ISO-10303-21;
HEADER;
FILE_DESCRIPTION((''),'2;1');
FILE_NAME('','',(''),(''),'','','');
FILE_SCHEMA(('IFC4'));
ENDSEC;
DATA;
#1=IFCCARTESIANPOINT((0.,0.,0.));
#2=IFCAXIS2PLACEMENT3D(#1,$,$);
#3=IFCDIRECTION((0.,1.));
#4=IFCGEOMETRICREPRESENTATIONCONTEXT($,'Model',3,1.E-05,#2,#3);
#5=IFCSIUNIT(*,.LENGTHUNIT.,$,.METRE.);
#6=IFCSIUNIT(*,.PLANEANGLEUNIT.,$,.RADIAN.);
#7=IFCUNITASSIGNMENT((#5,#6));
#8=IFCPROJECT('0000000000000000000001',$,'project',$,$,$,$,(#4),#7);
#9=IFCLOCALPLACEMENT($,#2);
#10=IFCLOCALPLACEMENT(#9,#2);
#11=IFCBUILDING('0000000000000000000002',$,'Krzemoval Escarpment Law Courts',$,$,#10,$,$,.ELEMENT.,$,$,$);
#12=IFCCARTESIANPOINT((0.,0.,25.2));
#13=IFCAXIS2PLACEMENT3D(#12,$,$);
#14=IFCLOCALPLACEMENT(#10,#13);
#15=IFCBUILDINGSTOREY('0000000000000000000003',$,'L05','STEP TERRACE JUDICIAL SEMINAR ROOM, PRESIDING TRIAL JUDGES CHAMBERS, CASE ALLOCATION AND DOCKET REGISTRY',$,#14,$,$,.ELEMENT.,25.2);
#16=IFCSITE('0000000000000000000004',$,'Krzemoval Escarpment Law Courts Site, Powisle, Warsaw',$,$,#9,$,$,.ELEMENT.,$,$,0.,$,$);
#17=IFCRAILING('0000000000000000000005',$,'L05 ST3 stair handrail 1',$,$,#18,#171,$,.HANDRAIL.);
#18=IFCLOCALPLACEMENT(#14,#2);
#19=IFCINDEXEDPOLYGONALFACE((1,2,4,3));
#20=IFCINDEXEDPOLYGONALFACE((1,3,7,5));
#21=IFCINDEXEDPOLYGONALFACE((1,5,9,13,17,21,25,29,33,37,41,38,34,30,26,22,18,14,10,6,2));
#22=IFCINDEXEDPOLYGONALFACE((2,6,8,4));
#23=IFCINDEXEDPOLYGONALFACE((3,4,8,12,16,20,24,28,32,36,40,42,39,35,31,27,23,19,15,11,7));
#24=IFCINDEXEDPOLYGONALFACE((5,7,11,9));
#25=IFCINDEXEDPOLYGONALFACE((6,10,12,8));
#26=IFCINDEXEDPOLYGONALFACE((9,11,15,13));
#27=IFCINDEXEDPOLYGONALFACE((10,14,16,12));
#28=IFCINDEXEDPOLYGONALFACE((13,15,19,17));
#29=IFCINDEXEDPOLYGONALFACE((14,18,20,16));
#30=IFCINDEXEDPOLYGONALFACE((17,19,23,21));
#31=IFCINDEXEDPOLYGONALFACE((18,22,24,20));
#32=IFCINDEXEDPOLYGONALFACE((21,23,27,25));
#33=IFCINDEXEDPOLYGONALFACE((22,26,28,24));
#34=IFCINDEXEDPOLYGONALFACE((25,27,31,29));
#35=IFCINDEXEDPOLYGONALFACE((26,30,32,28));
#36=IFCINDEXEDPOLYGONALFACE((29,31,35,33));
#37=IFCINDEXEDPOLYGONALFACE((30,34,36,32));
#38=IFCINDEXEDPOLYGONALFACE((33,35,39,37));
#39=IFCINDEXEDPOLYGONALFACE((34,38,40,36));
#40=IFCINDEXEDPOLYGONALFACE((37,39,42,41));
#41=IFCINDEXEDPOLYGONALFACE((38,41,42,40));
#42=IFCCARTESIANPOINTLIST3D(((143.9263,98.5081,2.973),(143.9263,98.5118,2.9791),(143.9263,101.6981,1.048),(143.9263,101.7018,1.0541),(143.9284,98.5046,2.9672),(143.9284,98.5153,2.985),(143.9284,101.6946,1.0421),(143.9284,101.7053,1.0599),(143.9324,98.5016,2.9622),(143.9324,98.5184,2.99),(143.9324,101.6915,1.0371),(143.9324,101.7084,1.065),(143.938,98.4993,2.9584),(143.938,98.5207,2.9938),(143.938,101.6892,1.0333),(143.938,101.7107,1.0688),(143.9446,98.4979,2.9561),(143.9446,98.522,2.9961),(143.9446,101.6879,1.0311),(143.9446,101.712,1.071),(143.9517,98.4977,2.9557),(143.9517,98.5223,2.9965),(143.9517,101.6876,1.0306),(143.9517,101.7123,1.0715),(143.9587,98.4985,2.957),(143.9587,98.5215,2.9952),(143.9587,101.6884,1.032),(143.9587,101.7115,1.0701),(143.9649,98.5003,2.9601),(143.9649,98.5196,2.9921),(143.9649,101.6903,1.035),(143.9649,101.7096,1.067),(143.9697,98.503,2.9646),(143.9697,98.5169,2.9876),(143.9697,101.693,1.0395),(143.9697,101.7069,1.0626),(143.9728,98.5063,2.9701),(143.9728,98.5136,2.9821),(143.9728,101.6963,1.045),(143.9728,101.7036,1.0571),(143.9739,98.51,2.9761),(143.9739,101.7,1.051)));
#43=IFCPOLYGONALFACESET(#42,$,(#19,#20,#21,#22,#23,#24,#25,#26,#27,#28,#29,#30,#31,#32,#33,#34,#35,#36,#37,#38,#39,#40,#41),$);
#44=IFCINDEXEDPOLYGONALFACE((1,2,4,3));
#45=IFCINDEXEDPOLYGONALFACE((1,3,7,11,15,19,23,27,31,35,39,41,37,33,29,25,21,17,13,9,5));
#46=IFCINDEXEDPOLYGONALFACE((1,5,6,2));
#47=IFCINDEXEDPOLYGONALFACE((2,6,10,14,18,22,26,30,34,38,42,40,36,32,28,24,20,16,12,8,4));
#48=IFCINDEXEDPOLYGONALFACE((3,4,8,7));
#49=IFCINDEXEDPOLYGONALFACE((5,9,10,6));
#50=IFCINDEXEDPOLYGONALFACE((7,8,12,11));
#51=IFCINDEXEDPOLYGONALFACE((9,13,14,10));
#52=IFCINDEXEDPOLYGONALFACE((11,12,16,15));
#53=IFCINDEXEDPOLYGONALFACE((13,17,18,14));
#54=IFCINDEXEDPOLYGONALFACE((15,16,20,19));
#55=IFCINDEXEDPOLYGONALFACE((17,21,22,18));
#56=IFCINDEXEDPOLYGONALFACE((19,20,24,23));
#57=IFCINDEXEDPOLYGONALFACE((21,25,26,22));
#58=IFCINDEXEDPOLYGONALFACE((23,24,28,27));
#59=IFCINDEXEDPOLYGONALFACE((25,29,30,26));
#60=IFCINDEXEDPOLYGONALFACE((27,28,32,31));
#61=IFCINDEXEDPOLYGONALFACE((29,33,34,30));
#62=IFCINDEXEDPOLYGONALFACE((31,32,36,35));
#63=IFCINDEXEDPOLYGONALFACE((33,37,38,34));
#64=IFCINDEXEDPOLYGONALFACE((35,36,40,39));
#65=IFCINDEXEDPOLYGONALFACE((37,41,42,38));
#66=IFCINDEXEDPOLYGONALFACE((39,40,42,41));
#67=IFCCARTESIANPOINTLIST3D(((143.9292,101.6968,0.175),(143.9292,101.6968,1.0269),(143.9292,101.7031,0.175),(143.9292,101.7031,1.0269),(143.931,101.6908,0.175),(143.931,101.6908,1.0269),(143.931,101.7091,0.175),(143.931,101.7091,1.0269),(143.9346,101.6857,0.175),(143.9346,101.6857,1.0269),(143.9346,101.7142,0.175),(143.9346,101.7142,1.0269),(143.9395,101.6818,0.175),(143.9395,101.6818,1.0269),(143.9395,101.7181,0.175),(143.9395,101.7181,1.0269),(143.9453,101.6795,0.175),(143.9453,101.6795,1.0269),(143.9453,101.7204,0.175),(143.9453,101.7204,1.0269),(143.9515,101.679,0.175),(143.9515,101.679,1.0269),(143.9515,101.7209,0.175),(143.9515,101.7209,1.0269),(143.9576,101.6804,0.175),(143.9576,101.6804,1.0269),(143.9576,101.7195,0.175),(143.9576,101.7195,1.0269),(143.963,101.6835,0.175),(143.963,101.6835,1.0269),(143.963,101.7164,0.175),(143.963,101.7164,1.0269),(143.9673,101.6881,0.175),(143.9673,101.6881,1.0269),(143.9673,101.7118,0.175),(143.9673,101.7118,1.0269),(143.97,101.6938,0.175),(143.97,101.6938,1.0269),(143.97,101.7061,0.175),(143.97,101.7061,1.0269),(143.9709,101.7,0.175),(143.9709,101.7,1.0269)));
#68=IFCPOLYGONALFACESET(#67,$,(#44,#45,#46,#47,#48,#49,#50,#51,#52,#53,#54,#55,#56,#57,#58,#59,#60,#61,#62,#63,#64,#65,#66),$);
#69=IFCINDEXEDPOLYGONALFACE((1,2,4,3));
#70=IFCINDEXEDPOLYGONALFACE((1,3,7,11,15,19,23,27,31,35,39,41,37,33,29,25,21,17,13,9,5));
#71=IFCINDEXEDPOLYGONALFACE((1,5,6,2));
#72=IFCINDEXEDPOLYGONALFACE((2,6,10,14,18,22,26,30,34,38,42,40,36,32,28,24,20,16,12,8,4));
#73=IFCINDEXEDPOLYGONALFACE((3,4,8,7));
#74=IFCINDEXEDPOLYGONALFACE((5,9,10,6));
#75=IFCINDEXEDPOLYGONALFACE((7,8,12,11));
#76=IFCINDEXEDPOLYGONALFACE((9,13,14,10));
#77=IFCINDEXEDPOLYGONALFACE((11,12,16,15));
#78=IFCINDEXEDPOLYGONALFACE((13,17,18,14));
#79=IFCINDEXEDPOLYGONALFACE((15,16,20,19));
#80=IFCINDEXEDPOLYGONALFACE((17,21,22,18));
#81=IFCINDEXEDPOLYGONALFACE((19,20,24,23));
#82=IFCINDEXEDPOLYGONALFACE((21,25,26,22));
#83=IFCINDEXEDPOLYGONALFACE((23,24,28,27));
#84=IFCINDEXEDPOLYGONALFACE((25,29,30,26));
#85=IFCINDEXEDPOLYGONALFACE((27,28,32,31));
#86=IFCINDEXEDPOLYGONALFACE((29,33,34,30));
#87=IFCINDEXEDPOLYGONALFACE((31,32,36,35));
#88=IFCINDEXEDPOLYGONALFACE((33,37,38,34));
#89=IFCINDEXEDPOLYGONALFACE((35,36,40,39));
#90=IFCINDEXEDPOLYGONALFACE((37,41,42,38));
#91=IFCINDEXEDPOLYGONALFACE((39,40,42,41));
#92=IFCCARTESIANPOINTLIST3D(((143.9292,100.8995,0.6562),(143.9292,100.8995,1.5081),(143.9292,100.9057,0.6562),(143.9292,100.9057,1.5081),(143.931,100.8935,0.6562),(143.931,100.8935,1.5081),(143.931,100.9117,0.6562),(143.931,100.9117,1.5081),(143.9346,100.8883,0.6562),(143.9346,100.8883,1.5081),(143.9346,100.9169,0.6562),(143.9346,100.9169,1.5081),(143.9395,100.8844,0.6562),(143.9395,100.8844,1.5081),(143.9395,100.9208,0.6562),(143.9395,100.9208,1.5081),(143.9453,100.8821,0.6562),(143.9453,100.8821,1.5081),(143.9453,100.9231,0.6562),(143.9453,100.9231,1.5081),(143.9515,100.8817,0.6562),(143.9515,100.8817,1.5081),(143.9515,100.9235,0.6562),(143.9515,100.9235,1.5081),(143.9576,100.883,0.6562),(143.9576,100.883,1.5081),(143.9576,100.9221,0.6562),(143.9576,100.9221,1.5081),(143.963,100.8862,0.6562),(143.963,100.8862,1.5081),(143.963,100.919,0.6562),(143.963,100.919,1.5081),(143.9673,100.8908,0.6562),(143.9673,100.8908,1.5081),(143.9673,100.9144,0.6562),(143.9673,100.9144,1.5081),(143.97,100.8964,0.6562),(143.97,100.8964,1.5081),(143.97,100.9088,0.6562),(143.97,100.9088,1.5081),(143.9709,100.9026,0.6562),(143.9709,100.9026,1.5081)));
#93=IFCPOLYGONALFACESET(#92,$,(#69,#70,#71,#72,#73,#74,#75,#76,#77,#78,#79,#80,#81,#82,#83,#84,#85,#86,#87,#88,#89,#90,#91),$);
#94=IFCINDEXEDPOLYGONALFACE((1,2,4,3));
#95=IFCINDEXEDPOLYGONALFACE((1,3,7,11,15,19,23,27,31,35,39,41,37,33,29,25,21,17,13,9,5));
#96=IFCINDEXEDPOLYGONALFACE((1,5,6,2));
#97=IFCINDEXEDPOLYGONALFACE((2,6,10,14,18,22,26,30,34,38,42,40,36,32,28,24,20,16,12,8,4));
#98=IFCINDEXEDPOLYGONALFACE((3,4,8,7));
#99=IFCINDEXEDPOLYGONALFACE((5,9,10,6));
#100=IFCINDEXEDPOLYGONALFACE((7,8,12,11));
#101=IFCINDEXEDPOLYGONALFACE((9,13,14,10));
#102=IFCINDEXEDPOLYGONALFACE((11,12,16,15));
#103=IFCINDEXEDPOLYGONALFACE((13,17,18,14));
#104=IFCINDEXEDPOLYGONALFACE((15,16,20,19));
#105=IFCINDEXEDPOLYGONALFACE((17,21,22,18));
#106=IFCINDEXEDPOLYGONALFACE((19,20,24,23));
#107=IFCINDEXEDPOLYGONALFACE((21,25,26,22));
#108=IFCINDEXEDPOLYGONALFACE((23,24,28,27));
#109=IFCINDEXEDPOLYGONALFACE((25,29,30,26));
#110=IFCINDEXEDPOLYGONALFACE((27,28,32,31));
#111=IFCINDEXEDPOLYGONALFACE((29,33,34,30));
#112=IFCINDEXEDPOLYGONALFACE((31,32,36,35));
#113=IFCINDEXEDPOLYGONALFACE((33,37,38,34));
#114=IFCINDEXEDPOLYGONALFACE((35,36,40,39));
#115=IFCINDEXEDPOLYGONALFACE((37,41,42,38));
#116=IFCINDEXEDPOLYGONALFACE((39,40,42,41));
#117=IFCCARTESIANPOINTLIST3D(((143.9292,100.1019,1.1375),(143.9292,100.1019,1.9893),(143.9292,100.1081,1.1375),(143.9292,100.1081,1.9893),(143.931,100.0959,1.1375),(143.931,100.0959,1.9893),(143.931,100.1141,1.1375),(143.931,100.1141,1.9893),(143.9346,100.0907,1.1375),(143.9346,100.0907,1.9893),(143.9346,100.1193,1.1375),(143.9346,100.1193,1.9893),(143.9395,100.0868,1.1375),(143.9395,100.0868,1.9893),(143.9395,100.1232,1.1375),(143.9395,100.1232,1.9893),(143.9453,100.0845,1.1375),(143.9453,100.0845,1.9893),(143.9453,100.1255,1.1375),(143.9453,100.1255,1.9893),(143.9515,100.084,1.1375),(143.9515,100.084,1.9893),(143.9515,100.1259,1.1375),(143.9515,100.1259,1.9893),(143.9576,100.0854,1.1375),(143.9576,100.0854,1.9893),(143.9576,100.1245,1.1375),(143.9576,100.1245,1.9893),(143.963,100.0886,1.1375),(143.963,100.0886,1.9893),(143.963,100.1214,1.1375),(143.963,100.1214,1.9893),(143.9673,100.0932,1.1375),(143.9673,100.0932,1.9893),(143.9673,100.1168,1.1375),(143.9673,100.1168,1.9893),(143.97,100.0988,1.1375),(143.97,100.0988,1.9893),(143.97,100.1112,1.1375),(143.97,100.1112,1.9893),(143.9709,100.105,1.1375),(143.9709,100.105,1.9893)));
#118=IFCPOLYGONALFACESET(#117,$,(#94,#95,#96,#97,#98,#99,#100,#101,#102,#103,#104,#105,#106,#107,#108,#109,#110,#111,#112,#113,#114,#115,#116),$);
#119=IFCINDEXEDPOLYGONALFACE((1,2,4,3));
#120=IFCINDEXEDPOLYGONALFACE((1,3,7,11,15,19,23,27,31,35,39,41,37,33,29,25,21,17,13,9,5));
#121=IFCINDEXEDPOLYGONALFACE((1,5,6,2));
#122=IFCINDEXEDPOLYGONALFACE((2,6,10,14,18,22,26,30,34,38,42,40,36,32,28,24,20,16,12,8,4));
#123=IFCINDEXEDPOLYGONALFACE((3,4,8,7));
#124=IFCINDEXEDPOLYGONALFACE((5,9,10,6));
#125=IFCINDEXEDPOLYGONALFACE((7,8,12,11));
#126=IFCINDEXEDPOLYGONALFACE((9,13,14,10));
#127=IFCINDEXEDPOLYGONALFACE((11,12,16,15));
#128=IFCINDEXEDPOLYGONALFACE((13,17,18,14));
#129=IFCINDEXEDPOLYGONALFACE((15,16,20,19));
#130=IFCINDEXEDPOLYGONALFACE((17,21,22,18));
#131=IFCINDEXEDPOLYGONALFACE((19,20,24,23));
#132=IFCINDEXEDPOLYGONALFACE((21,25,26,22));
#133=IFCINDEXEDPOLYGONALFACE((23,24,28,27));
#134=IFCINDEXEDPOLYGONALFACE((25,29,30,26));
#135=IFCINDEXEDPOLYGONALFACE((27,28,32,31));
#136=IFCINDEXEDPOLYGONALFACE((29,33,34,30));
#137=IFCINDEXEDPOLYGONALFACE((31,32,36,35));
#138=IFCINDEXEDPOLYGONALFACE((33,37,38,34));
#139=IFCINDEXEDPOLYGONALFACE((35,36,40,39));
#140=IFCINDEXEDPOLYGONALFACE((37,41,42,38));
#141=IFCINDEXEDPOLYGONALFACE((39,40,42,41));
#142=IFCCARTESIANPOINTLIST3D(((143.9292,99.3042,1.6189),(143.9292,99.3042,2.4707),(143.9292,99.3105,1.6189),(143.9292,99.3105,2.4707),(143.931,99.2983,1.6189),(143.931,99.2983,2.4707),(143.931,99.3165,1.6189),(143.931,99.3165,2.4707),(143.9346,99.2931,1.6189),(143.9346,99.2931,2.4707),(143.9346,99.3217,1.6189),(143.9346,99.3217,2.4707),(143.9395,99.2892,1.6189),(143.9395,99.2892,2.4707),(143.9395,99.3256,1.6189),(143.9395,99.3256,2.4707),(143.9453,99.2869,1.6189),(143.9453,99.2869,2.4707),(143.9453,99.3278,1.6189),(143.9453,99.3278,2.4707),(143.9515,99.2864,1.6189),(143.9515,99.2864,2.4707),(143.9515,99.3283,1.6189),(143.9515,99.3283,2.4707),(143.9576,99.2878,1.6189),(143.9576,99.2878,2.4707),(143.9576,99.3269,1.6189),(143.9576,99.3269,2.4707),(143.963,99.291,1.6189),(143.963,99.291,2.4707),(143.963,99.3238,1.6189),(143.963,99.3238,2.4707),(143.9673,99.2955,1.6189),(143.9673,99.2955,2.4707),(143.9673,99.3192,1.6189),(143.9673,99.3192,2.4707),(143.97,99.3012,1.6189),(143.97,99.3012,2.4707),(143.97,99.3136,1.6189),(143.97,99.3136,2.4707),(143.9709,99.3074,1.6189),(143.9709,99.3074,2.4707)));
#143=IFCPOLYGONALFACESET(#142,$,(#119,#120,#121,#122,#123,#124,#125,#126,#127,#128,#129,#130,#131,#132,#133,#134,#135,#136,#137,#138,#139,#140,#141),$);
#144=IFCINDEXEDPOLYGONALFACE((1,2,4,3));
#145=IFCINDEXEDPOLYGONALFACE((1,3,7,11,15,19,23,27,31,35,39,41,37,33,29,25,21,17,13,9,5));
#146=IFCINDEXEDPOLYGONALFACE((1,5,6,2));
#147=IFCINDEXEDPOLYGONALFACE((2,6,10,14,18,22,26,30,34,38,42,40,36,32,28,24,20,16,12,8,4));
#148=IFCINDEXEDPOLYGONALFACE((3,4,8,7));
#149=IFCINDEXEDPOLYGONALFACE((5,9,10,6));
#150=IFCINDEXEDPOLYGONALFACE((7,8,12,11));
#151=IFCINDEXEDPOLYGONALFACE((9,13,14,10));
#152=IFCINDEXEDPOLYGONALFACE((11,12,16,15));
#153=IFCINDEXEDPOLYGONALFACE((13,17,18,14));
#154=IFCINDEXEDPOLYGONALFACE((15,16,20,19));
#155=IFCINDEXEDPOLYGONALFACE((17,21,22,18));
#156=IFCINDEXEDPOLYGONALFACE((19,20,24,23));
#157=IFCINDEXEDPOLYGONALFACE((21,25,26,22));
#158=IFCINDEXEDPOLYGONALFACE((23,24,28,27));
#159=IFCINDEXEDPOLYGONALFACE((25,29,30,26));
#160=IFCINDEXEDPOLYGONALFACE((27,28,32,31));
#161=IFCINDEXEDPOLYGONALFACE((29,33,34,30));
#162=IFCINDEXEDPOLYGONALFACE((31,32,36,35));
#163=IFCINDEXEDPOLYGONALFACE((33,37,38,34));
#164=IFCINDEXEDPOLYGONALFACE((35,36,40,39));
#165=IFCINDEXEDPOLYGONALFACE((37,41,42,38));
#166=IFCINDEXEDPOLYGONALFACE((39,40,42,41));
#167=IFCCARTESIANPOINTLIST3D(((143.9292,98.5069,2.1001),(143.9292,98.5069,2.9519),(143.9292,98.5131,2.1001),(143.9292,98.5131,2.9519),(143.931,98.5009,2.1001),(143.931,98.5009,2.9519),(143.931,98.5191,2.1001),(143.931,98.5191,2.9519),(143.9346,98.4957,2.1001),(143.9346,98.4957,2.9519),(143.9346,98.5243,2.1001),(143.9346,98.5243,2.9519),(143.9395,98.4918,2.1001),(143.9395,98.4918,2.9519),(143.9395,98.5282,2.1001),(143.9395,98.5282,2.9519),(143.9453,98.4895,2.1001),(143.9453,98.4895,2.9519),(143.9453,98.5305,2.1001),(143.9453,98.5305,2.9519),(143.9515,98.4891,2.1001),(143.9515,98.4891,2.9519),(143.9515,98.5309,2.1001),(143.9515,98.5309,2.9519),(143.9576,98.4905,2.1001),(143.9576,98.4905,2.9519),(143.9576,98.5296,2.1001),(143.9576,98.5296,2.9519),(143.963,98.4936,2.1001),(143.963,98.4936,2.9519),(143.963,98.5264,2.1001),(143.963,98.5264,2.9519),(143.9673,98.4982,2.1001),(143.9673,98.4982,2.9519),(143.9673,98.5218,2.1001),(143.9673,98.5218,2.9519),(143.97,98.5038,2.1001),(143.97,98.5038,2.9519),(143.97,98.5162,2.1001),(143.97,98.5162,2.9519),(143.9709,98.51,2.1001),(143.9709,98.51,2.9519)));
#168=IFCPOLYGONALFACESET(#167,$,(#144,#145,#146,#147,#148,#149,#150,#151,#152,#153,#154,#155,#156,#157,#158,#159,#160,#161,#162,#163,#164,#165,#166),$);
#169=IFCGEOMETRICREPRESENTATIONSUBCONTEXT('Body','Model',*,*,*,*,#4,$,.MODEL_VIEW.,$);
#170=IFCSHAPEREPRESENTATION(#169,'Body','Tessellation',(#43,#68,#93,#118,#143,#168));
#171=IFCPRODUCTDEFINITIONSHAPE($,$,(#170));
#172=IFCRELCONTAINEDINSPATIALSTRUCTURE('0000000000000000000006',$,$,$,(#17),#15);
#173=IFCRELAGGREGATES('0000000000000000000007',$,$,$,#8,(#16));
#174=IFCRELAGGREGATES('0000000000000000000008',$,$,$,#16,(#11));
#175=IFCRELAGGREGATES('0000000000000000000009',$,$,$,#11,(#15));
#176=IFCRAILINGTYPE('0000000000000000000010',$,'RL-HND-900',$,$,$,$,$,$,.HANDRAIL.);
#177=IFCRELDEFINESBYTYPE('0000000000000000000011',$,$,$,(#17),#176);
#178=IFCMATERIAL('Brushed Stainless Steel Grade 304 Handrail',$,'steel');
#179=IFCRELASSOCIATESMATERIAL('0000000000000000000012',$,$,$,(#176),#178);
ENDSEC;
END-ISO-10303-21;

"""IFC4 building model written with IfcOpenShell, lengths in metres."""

from ifc_helpers import new_model, si_unit, direction, frame, origin, origin_2d, place, context, subcontext, project, spatial, circle, extrude, material, type_object, element, save


model = new_model("IFC4")

# Units and contexts
model_context = context("Model", 3, precision=1e-05, world=origin(), true_north=direction((0.0, 1.0)))
body_context = subcontext(model_context, "Body", "Model", "MODEL_VIEW")
ifc_project = project(units=[si_unit("LENGTHUNIT", "METRE"), si_unit("PLANEANGLEUNIT", "RADIAN")], contexts=[model_context])

# Site, building, storey
site_placement = place(None, origin())
site = spatial("IfcSite", under=ifc_project, at=site_placement, Name="Krzemoval Escarpment Law Courts Site, Powisle, Warsaw", CompositionType="ELEMENT", RefElevation=0.0)
building_placement = place(site_placement, origin())
building = spatial("IfcBuilding", under=site, at=building_placement, Name="Krzemoval Escarpment Law Courts", CompositionType="ELEMENT")
storey_placement = place(building_placement, frame((0.0, 0.0, 25.2)))
storey = spatial("IfcBuildingStorey", under=building, at=storey_placement, Name="L05", Description="STEP TERRACE JUDICIAL SEMINAR ROOM, PRESIDING TRIAL JUDGES CHAMBERS, CASE ALLOCATION AND DOCKET REGISTRY", CompositionType="ELEMENT", Elevation=25.2)

# Railing
ifc_material_1 = material(Name="Brushed Stainless Steel Grade 304 Handrail", Category="steel")
railing_type_1 = type_object("IfcRailingType", Name="RL-HND-900", PredefinedType="HANDRAIL", material=ifc_material_1)
railing_1_placement = place(storey_placement, frame((143.95, 101.7, 0.175)))
element("IfcRailing", 1, at=railing_1_placement, inside=storey, type_object=railing_type_1, Name="L05 ST3 stair handrail 1", PredefinedType="HANDRAIL", context=body_context, shape_type="SweptSolid", body=[
    extrude(circle(Radius=0.0239, at=origin_2d()), frame((0.0, 0.0, 0.876), z_axis=(0.0, -0.856178, 0.516682), x_axis=(1.0, 0.0, 0.0)), (0.0, 0.0, 1.0), 3.7258),
    extrude(circle(Radius=0.021, at=origin_2d()), origin(), (0.0, 0.0, 1.0), 0.8518),
    extrude(circle(Radius=0.021, at=origin_2d()), frame((0.0, -0.7974, 0.4812)), (0.0, 0.0, 1.0), 0.8518),
    extrude(circle(Radius=0.021, at=origin_2d()), frame((0.0, -1.595, 0.9624)), (0.0, 0.0, 1.0), 0.8518),
    extrude(circle(Radius=0.021, at=origin_2d()), frame((0.0, -2.3926, 1.4438)), (0.0, 0.0, 1.0), 0.8518),
    extrude(circle(Radius=0.021, at=origin_2d()), frame((0.0, -3.1899, 1.925)), (0.0, 0.0, 1.0), 0.8518),
])

save(model, "model.ifc")
